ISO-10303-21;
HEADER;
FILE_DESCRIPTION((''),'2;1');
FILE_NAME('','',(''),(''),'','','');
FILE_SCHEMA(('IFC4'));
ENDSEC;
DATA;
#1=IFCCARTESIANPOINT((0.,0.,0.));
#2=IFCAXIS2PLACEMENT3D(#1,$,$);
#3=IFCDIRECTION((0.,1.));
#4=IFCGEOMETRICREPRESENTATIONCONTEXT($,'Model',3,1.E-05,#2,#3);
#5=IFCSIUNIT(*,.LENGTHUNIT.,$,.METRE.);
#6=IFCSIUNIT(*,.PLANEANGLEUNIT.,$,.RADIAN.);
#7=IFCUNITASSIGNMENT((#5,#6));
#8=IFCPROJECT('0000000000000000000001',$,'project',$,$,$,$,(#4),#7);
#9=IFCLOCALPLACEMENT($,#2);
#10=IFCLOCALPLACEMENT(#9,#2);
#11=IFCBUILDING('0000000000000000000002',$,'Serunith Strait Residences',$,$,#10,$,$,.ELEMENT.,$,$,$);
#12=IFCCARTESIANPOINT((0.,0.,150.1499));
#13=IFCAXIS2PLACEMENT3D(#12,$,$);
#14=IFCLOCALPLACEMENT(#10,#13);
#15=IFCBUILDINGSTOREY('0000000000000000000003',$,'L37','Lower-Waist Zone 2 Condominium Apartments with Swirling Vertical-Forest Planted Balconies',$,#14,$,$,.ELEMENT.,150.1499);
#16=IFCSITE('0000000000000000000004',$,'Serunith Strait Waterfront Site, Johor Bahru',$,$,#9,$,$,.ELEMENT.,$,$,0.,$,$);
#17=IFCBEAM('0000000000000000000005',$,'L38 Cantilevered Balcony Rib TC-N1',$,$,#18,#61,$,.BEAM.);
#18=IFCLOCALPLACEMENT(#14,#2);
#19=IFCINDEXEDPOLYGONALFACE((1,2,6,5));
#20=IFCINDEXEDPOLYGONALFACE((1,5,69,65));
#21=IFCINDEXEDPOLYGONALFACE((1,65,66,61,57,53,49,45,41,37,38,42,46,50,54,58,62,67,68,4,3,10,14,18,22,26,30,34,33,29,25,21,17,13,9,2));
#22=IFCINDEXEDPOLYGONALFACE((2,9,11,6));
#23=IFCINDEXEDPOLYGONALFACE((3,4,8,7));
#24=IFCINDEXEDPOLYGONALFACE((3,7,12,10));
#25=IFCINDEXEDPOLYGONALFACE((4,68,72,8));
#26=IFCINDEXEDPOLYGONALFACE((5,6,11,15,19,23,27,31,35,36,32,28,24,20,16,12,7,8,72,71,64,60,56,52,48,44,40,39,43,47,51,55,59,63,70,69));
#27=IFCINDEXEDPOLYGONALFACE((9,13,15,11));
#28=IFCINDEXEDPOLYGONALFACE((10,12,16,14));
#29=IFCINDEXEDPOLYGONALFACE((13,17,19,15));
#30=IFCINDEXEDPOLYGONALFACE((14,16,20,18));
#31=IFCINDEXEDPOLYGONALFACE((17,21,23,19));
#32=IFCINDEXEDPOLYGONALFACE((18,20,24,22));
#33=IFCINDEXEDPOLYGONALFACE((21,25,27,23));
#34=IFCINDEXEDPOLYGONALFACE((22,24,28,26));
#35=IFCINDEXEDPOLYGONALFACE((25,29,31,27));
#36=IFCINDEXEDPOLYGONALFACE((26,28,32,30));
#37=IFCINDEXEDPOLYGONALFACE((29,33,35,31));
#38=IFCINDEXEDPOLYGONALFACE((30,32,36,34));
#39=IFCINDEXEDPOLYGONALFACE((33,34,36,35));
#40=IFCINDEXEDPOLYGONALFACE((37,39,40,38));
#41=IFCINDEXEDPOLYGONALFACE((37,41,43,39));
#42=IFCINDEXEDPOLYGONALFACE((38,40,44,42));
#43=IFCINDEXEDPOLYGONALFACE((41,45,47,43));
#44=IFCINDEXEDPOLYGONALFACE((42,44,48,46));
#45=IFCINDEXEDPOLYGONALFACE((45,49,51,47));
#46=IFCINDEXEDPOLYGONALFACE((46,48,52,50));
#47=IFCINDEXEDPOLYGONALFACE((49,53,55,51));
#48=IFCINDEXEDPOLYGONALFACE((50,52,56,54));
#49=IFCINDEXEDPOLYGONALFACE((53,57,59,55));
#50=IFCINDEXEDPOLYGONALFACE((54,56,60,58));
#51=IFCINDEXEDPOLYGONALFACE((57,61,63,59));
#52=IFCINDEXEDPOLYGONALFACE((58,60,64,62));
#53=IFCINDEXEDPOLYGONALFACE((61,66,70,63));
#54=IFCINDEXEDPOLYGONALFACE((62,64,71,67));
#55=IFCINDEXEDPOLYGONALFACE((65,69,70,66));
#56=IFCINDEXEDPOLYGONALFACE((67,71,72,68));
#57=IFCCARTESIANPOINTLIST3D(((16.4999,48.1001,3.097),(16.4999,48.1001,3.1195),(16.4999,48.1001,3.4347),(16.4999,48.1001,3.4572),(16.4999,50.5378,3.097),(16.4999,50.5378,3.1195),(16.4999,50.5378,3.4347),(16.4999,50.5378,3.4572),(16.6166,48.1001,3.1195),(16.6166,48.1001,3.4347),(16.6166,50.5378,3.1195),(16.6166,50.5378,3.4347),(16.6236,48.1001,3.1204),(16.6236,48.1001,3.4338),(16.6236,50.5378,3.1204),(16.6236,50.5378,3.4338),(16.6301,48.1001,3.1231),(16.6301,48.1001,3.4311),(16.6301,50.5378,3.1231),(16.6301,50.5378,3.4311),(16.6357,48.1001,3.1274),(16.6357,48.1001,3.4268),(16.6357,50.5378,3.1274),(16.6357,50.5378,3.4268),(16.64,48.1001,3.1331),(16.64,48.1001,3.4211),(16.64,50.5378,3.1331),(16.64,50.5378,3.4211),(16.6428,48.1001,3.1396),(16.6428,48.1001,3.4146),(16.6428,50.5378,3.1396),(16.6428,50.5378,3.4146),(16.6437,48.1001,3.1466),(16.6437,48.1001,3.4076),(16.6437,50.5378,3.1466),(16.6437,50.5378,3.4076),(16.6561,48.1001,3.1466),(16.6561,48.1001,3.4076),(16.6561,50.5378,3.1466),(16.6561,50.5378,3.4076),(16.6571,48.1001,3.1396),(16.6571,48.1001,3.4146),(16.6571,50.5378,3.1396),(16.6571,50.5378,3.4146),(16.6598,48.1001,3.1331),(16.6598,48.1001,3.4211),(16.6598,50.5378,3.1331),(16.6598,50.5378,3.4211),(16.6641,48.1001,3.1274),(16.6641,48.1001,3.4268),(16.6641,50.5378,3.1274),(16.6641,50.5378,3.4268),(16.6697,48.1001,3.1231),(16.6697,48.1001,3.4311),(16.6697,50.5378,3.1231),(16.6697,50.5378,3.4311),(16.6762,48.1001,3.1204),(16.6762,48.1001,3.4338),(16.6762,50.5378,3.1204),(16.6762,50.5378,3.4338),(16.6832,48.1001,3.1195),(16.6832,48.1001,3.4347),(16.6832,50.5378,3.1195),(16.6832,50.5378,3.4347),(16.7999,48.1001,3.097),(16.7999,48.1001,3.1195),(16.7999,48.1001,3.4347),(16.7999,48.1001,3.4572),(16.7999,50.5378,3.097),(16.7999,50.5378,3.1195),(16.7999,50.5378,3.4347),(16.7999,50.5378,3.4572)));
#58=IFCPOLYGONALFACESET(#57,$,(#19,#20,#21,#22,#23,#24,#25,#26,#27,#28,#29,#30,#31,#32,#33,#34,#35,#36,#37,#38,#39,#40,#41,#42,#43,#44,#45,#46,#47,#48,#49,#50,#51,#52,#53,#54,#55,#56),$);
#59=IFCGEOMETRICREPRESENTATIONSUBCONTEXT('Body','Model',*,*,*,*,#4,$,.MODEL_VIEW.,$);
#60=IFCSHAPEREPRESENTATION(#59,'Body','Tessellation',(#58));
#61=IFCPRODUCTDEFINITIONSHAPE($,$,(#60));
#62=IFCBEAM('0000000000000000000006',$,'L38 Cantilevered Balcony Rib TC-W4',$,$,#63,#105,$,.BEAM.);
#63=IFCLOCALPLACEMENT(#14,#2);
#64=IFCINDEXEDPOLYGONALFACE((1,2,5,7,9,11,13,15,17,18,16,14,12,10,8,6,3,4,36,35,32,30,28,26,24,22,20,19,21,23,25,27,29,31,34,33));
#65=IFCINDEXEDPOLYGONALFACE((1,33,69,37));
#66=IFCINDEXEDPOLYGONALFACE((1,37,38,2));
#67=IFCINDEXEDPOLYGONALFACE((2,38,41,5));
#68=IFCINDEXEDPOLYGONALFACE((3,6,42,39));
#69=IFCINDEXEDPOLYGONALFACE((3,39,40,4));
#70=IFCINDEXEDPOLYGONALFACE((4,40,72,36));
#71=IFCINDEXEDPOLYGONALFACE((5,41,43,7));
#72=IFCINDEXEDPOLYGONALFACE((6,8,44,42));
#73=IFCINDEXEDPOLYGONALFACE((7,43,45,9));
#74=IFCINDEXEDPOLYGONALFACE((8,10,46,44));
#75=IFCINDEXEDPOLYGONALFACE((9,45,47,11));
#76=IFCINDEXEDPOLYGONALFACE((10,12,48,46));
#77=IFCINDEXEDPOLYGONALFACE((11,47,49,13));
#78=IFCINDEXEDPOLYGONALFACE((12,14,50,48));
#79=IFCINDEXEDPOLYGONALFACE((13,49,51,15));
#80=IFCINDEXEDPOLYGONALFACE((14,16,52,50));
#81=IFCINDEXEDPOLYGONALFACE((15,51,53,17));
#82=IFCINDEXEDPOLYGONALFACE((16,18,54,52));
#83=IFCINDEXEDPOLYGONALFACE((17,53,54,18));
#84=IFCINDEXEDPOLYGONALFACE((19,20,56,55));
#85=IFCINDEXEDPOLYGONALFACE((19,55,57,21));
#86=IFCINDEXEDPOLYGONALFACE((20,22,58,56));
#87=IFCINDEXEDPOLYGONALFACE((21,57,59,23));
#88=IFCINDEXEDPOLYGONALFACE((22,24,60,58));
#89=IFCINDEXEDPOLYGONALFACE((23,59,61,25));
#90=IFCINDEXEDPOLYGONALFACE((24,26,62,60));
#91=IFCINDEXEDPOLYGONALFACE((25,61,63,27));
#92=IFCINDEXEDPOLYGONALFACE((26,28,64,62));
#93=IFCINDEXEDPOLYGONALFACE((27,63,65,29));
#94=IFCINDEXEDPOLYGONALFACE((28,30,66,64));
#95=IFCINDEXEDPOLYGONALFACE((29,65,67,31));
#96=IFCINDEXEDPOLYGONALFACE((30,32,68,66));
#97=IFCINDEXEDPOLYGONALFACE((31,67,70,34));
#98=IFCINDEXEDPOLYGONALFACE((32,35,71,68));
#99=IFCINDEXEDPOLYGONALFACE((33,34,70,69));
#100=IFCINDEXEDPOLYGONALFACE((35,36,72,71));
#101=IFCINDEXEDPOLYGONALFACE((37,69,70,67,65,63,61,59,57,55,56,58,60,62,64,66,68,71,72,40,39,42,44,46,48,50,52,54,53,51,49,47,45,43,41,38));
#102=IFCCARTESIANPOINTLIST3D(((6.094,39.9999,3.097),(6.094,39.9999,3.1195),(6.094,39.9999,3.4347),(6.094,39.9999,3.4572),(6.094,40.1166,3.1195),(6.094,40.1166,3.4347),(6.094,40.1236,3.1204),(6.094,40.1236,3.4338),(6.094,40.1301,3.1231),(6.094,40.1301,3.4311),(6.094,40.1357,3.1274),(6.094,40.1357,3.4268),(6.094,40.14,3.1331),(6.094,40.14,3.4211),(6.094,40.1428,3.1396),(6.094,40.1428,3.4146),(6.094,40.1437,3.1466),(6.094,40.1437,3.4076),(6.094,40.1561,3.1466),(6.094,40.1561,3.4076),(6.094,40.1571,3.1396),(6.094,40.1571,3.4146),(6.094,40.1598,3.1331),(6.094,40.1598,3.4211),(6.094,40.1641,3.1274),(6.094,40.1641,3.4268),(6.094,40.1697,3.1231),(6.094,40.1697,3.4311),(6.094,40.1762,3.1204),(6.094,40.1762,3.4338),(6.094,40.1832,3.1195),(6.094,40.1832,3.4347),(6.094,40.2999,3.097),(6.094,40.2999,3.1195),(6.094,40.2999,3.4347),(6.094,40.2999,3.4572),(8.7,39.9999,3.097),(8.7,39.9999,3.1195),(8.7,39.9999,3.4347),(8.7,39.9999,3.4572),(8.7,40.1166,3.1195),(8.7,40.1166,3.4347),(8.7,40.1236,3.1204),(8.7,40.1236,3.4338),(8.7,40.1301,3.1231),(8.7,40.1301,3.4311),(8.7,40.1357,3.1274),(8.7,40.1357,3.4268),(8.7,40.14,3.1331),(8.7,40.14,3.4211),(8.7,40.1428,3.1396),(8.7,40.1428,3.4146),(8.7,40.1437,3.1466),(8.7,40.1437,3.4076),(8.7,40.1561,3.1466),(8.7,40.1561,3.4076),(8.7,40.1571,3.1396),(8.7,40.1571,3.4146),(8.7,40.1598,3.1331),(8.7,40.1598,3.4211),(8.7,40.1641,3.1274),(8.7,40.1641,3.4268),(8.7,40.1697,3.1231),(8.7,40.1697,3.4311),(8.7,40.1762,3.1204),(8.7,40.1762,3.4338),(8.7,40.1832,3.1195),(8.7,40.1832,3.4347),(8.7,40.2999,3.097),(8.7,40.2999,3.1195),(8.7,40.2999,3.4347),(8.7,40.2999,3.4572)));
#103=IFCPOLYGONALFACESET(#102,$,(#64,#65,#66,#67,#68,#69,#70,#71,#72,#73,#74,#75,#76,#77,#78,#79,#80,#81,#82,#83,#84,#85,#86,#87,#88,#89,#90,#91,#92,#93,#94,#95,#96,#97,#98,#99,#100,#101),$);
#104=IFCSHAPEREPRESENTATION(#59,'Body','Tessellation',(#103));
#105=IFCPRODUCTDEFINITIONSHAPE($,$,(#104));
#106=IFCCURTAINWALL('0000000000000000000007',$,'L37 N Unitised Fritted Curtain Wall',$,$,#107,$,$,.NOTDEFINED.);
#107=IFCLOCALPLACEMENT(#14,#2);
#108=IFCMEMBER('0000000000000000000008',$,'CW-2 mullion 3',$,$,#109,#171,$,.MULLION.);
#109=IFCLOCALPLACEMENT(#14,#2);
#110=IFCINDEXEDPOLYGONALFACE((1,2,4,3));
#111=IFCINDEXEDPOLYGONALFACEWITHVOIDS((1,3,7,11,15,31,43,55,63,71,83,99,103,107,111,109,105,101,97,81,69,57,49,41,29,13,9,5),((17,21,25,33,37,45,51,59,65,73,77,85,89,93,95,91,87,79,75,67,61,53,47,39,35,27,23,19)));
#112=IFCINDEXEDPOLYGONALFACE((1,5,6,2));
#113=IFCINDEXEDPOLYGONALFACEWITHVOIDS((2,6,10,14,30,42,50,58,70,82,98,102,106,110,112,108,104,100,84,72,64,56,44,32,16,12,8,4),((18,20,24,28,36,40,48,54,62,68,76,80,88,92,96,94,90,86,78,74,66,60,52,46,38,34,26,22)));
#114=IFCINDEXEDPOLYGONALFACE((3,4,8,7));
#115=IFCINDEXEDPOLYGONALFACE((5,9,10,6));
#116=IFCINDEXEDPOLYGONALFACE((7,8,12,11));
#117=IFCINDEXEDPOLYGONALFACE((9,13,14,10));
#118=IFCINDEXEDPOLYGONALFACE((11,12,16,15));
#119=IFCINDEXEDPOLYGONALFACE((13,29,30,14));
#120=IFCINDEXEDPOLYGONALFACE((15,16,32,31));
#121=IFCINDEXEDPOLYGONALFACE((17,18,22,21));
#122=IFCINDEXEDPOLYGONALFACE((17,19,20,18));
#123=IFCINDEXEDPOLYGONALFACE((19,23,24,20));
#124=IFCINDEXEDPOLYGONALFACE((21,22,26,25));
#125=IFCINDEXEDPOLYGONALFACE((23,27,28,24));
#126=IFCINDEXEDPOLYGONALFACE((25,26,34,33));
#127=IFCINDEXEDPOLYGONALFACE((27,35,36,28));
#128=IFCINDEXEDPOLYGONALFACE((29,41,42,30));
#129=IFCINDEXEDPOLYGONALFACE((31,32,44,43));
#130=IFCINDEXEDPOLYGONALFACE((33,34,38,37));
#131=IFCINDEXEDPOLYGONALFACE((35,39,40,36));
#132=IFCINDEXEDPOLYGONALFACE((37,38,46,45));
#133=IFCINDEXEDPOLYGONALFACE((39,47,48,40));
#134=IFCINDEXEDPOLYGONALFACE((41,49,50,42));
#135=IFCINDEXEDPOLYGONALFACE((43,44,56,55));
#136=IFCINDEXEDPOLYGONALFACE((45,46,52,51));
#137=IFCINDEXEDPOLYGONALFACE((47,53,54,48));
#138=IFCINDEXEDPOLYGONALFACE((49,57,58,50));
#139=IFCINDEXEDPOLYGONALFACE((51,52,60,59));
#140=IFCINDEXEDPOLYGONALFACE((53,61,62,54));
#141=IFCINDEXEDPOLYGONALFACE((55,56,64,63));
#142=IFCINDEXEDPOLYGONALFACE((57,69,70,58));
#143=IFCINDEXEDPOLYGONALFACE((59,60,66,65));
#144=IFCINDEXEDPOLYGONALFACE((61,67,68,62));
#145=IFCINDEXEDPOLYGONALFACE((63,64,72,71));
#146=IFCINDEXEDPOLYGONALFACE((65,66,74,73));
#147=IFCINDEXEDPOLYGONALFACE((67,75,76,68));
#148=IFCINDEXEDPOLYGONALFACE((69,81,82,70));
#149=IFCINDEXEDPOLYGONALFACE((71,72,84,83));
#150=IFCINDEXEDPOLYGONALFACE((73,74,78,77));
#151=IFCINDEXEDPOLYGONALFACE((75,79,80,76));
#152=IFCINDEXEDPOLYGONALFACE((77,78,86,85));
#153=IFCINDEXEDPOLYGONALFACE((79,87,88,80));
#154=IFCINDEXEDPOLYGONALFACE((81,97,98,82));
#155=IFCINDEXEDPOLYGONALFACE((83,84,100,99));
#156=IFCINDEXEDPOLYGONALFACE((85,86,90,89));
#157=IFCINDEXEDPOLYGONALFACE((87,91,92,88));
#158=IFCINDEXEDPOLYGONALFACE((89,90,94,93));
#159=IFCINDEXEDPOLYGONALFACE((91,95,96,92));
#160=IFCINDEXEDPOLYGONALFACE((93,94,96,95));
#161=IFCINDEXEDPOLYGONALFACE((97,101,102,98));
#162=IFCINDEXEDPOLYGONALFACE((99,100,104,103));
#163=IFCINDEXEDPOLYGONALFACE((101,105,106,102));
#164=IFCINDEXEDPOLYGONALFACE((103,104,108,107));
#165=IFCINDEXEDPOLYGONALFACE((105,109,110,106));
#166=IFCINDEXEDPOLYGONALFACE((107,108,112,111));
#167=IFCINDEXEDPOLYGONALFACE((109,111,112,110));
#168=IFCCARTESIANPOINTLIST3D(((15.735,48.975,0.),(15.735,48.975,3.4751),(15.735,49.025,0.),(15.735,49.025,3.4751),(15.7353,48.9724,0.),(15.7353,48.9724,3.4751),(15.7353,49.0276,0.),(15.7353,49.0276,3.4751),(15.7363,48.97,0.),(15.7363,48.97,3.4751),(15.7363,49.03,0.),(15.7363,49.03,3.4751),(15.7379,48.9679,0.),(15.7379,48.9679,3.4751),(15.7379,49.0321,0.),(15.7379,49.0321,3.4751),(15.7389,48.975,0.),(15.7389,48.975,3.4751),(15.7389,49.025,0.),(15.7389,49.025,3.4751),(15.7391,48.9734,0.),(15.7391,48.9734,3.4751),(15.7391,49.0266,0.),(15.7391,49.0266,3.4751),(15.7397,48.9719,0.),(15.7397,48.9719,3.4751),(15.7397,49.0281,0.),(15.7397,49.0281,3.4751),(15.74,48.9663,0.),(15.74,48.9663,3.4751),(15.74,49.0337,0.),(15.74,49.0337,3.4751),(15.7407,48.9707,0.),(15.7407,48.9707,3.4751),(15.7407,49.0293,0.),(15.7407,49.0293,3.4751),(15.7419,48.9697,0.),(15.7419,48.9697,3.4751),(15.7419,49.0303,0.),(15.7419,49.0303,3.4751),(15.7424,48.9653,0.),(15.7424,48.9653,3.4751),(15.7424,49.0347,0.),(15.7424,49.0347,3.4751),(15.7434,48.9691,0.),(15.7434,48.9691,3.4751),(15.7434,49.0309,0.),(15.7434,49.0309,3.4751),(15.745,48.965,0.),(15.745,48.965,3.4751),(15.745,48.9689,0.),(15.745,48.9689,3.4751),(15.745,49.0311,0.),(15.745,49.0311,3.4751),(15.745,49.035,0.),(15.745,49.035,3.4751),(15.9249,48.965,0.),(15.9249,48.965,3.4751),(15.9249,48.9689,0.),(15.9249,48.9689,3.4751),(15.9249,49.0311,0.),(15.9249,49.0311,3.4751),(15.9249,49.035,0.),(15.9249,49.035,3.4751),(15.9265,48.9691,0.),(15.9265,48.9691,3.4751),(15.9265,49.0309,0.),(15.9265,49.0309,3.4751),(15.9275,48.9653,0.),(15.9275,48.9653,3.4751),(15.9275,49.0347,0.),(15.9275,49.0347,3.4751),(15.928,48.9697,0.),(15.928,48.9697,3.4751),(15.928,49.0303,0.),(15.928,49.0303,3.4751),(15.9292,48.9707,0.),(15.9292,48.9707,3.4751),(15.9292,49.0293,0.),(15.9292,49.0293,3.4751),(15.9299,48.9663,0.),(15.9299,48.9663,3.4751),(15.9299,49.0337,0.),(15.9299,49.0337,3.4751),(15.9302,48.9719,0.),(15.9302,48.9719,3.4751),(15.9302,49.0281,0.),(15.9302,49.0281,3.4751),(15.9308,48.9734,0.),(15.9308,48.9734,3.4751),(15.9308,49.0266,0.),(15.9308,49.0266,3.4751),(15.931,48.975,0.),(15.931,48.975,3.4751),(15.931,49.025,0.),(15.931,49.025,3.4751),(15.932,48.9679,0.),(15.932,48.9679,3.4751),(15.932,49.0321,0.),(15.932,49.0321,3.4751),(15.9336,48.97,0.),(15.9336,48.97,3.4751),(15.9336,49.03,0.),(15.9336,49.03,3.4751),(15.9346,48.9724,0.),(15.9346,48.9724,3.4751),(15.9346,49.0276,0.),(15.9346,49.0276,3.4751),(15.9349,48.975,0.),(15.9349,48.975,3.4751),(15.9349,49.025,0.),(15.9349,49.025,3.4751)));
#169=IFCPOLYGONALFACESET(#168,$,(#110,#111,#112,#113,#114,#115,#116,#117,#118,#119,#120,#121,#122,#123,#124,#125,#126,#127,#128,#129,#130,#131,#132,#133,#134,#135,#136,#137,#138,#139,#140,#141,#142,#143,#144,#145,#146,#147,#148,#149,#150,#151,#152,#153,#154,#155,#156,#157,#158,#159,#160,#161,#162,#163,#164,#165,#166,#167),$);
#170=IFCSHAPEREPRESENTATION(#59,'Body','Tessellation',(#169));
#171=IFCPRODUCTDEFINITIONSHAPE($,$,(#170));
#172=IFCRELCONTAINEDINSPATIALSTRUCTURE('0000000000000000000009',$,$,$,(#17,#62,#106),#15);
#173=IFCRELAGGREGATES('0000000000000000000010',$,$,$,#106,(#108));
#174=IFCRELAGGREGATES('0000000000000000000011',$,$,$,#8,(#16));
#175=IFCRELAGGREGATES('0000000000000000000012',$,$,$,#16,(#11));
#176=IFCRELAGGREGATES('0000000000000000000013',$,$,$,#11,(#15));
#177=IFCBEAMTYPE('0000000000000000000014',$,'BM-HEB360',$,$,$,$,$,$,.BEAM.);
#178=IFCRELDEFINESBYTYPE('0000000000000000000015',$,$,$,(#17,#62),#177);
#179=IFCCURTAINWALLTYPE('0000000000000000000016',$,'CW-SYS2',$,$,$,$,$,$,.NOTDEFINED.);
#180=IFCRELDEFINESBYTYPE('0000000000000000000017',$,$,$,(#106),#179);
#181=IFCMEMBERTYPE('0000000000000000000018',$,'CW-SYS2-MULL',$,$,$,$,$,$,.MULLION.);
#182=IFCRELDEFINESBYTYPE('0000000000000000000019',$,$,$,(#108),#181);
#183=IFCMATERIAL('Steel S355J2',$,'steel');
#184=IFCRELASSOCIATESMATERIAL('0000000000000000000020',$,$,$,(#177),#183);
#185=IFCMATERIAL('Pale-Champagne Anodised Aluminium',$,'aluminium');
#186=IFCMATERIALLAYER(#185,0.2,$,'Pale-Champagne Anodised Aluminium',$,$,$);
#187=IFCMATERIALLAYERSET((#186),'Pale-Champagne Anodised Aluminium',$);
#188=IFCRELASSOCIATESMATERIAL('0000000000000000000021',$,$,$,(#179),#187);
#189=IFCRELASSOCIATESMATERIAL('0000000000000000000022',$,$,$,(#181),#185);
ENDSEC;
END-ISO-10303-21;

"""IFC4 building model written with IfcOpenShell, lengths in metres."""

from ifc_helpers import new_model, si_unit, direction, frame, origin, origin_2d, place, context, subcontext, project, spatial, hollow_rectangle, i_section, extrude, source, transform, mapped, material, layer, layer_set, material_profile, profile_set, type_object, element, aggregate, save


model = new_model("IFC4")

# Units and contexts
model_context = context("Model", 3, precision=1e-05, world=origin(), true_north=direction((0.0, 1.0)))
body_context = subcontext(model_context, "Body", "Model", "MODEL_VIEW")
ifc_project = project(units=[si_unit("LENGTHUNIT", "METRE"), si_unit("PLANEANGLEUNIT", "RADIAN")], contexts=[model_context])

# Site, building, storey
site_placement = place(None, origin())
site = spatial("IfcSite", under=ifc_project, at=site_placement, Name="Serunith Strait Waterfront Site, Johor Bahru", CompositionType="ELEMENT", RefElevation=0.0)
building_placement = place(site_placement, origin())
building = spatial("IfcBuilding", under=site, at=building_placement, Name="Serunith Strait Residences", CompositionType="ELEMENT")
storey_placement = place(building_placement, frame((0.0, 0.0, 150.1499)))
storey = spatial("IfcBuildingStorey", under=building, at=storey_placement, Name="L37", Description="Lower-Waist Zone 2 Condominium Apartments with Swirling Vertical-Forest Planted Balconies", CompositionType="ELEMENT", Elevation=150.1499)

# Beams
ifc_material_1 = material(Name="Steel S355J2", Category="steel")
ifc_material_profile_1 = material_profile(ifc_material_1, i_section(OverallWidth=0.3, OverallDepth=0.3601, WebThickness=0.0125, FlangeThickness=0.0225, FilletRadius=0.0271, at=origin_2d()), Name="HEB 360")
ifc_profile_set_1 = profile_set([ifc_material_profile_1], Name="Steel S355J2")
beam_type_1 = type_object("IfcBeamType", Name="BM-HEB360", PredefinedType="BEAM", material=ifc_profile_set_1)
shared_shape_1 = source(origin(), body_context, "Body", "SweptSolid", [
    extrude(i_section(OverallWidth=0.3, OverallDepth=0.3601, WebThickness=0.0125, FlangeThickness=0.0225, FilletRadius=0.0271, at=origin_2d()), origin(), (0.0, 0.0, 1.0), 2.4377),
])
beam_1_placement = place(storey_placement, frame((16.6499, 48.1001, 3.2771), z_axis=(0.0, 1.0, 0.0), x_axis=(-1.0, 0.0, 0.0)))
element("IfcBeam", 1, at=beam_1_placement, inside=storey, type_object=beam_type_1, Name="L38 Cantilevered Balcony Rib TC-N1", PredefinedType="BEAM", context=body_context, shape_type="MappedRepresentation", body=[
    mapped(shared_shape_1, transform((0.0, 0.0, 0.0), scale=1.0)),
])
shared_shape_2 = source(origin(), body_context, "Body", "SweptSolid", [
    extrude(i_section(OverallWidth=0.3, OverallDepth=0.3601, WebThickness=0.0125, FlangeThickness=0.0225, FilletRadius=0.0271, at=origin_2d()), origin(), (0.0, 0.0, 1.0), 2.606),
])
beam_2_placement = place(storey_placement, frame((8.7, 40.1499, 3.2771), z_axis=(-1.0, 0.0, 0.0), x_axis=(0.0, -1.0, 0.0)))
element("IfcBeam", 2, at=beam_2_placement, inside=storey, type_object=beam_type_1, Name="L38 Cantilevered Balcony Rib TC-W4", PredefinedType="BEAM", context=body_context, shape_type="MappedRepresentation", body=[
    mapped(shared_shape_2, transform((0.0, 0.0, 0.0), scale=1.0)),
])

# Curtain wall, member
ifc_material_2 = material(Name="Pale-Champagne Anodised Aluminium", Category="aluminium")
ifc_layer_1 = layer(ifc_material_2, 0.2, Name="Pale-Champagne Anodised Aluminium")
ifc_layer_set_1 = layer_set([ifc_layer_1], Name="Pale-Champagne Anodised Aluminium")
curtain_wall_type = type_object("IfcCurtainWallType", Name="CW-SYS2", PredefinedType="NOTDEFINED", material=ifc_layer_set_1)
curtain_wall_1_placement = place(storey_placement, origin())
curtain_wall_1 = element("IfcCurtainWall", 3, at=curtain_wall_1_placement, inside=storey, type_object=curtain_wall_type, Name="L37 N Unitised Fritted Curtain Wall", PredefinedType="NOTDEFINED")
ifc_material_profile_2 = material_profile(ifc_material_2, hollow_rectangle(XDim=0.0701, YDim=0.2, WallThickness=0.0039, InnerFilletRadius=0.0061, OuterFilletRadius=0.01, at=origin_2d()), Name="ALU 200x70x4")
ifc_profile_set_2 = profile_set([ifc_material_profile_2], Name="Pale-Champagne Anodised Aluminium")
member_type_1 = type_object("IfcMemberType", Name="CW-SYS2-MULL", PredefinedType="MULLION", material=ifc_profile_set_2)
shared_shape_3 = source(origin(), body_context, "Body", "SweptSolid", [
    extrude(hollow_rectangle(XDim=0.0701, YDim=0.2, WallThickness=0.0039, InnerFilletRadius=0.0061, OuterFilletRadius=0.01, at=origin_2d()), origin(), (0.0, 0.0, 1.0), 3.4751),
])
member_1_placement = place(storey_placement, frame((15.835, 49.0, 0.0), z_axis=(0.0, 0.0, 1.0), x_axis=(0.0, -1.0, 0.0)))
member_1 = element("IfcMember", 4, at=member_1_placement, type_object=member_type_1, Name="CW-2 mullion 3", PredefinedType="MULLION", context=body_context, shape_type="MappedRepresentation", body=[
    mapped(shared_shape_3, transform((0.0, 0.0, 0.0), scale=1.0)),
])
aggregate(curtain_wall_1, [member_1])

save(model, "model.ifc")
